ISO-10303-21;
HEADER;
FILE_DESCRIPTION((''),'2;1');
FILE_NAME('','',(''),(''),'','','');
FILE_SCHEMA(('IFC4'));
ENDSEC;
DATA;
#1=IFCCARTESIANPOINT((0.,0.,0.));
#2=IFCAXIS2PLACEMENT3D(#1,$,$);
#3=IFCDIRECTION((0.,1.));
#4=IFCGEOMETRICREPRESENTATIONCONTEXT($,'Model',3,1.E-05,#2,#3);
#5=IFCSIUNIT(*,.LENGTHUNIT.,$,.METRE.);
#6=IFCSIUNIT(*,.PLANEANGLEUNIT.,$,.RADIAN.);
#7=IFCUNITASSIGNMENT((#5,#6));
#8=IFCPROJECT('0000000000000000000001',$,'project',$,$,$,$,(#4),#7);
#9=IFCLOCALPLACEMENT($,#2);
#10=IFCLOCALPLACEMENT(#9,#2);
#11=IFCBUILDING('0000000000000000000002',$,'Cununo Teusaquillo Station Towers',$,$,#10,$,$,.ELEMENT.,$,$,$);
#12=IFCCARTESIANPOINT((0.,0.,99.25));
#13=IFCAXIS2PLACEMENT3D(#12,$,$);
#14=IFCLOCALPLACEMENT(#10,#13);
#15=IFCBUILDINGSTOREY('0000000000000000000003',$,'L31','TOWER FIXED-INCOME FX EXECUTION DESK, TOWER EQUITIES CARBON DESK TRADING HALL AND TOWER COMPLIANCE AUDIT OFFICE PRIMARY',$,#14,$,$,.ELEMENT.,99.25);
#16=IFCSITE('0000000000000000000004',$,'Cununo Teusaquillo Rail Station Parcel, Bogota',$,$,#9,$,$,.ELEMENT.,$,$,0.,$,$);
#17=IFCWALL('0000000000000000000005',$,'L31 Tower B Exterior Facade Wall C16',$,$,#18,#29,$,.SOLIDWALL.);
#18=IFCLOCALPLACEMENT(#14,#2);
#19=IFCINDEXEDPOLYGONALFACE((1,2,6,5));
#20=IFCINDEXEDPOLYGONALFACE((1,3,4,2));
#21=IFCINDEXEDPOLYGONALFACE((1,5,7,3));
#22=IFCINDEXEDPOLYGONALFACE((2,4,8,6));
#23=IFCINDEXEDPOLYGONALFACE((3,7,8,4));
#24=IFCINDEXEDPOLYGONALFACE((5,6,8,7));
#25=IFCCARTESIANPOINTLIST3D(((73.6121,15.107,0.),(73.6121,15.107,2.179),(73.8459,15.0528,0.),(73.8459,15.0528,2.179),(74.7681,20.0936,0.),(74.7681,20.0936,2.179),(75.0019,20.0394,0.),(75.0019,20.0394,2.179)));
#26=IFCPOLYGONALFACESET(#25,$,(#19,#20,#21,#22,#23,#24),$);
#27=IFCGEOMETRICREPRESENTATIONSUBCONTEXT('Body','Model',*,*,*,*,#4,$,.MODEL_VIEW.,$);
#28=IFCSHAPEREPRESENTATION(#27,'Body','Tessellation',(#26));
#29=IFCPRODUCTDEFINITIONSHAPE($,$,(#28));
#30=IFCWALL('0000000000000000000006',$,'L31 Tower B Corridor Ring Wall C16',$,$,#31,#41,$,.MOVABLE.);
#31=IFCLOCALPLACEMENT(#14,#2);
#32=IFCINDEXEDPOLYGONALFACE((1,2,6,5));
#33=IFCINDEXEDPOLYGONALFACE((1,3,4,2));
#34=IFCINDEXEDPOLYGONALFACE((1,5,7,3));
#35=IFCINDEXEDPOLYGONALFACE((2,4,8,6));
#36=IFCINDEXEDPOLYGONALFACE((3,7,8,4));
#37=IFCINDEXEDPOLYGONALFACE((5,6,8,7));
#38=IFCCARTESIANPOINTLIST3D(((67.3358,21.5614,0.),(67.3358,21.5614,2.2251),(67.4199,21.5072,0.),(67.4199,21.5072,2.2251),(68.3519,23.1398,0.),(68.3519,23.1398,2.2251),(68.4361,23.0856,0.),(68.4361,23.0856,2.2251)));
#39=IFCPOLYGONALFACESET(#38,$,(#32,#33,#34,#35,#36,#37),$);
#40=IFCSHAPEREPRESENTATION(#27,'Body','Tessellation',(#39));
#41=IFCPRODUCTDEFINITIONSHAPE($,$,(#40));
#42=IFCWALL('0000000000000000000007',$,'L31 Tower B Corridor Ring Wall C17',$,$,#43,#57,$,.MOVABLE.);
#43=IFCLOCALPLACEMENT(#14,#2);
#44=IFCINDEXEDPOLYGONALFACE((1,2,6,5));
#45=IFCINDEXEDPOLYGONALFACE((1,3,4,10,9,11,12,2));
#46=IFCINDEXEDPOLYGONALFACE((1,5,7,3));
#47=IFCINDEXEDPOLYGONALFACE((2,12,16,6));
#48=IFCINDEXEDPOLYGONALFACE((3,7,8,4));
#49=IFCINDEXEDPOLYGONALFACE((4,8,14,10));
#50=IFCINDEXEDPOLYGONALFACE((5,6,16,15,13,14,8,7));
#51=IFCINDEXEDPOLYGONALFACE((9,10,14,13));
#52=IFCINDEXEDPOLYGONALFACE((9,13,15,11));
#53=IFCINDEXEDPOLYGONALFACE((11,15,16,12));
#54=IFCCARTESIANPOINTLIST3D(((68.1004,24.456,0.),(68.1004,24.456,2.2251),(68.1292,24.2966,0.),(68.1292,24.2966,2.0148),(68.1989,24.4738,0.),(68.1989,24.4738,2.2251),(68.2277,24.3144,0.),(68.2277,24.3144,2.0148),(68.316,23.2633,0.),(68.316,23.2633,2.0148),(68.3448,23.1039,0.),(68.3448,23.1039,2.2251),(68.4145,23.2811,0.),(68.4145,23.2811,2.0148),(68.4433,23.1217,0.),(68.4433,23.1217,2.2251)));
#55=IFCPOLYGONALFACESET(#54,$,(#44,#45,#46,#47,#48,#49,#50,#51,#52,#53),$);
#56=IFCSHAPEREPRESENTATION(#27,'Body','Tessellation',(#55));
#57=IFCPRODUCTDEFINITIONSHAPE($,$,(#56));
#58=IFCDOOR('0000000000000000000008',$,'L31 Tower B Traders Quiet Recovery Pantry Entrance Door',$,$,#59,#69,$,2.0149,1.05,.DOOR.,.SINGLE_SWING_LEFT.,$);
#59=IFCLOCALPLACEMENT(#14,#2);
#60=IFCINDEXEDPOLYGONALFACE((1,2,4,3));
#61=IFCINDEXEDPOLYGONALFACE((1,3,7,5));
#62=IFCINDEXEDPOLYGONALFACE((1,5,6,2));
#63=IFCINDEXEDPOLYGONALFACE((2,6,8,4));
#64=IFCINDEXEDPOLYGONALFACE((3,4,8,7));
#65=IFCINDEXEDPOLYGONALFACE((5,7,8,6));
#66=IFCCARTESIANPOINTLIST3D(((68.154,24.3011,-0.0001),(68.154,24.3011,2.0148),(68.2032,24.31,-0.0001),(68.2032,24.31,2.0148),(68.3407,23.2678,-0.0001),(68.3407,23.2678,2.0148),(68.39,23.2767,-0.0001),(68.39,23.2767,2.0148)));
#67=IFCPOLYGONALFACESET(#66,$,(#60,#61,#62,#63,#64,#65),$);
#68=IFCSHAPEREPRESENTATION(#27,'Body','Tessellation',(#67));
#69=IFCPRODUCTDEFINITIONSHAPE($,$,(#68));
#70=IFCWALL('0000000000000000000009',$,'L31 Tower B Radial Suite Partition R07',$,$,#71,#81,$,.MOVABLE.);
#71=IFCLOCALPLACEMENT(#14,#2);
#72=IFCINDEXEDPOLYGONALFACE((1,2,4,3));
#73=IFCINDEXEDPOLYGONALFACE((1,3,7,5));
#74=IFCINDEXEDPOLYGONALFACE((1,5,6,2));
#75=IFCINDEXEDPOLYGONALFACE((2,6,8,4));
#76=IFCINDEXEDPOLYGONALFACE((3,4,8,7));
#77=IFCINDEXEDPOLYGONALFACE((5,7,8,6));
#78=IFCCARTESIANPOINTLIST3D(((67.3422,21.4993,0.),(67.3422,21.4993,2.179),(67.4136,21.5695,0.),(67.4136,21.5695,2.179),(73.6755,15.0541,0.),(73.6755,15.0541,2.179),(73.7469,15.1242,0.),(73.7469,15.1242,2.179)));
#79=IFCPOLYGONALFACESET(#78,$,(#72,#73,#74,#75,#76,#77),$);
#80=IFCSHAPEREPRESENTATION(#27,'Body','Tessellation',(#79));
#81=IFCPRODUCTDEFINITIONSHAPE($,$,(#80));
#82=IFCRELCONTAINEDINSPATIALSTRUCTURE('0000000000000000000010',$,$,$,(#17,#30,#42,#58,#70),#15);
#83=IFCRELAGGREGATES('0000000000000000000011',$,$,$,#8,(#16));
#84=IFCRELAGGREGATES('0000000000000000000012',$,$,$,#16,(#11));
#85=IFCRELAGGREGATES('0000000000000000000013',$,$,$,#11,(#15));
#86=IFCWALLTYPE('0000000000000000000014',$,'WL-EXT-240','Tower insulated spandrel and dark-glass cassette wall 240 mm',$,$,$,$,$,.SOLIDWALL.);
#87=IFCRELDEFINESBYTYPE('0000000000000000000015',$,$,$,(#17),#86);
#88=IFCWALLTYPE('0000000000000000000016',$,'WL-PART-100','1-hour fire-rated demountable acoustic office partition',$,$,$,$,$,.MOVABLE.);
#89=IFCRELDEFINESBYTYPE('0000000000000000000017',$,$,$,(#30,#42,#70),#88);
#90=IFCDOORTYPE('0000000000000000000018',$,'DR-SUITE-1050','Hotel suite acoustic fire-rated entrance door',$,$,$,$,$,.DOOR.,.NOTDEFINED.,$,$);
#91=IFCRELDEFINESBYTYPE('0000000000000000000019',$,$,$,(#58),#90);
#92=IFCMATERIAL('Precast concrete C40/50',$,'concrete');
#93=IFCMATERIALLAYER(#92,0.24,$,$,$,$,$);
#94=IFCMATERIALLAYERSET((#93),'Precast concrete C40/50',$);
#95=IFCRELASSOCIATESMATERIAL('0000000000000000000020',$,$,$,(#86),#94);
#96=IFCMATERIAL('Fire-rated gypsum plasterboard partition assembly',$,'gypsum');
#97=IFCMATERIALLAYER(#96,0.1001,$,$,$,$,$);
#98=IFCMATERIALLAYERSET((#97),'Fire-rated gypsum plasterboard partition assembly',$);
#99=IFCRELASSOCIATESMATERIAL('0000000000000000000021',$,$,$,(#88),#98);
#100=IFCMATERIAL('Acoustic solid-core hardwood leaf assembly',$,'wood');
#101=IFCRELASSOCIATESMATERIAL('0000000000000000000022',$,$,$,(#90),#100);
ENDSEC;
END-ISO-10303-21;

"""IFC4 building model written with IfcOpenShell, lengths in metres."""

from ifc_helpers import new_model, si_unit, direction, frame, frame_2d, origin, place, context, subcontext, project, spatial, rectangle, extrude, source, transform, mapped, material, layer, layer_set, type_object, element, fill, save


model = new_model("IFC4")

# Units and contexts
model_context = context("Model", 3, precision=1e-05, world=origin(), true_north=direction((0.0, 1.0)))
body_context = subcontext(model_context, "Body", "Model", "MODEL_VIEW")
ifc_project = project(units=[si_unit("LENGTHUNIT", "METRE"), si_unit("PLANEANGLEUNIT", "RADIAN")], contexts=[model_context])

# Site, building, storey
site_placement = place(None, origin())
site = spatial("IfcSite", under=ifc_project, at=site_placement, Name="Cununo Teusaquillo Rail Station Parcel, Bogota", CompositionType="ELEMENT", RefElevation=0.0)
building_placement = place(site_placement, origin())
building = spatial("IfcBuilding", under=site, at=building_placement, Name="Cununo Teusaquillo Station Towers", CompositionType="ELEMENT")
storey_placement = place(building_placement, frame((0.0, 0.0, 99.25)))
storey = spatial("IfcBuildingStorey", under=building, at=storey_placement, Name="L31", Description="TOWER FIXED-INCOME FX EXECUTION DESK, TOWER EQUITIES CARBON DESK TRADING HALL AND TOWER COMPLIANCE AUDIT OFFICE PRIMARY", CompositionType="ELEMENT", Elevation=99.25)

# Shared definitions
ifc_material_1 = material(Name="Precast concrete C40/50", Category="concrete")
ifc_layer_1 = layer(ifc_material_1, 0.24)
ifc_layer_set_1 = layer_set([ifc_layer_1], Name="Precast concrete C40/50")
wall_type_1 = type_object("IfcWallType", Name="WL-EXT-240", Description="Tower insulated spandrel and dark-glass cassette wall 240 mm", PredefinedType="SOLIDWALL", material=ifc_layer_set_1)

# Walls
wall_1_placement = place(storey_placement, frame((74.885, 20.0667, 0.0), z_axis=(0.0, 0.0, 1.0), x_axis=(-0.225835, -0.974166, 0.0)))
element("IfcWall", 1, at=wall_1_placement, inside=storey, type_object=wall_type_1, Name="L31 Tower B Exterior Facade Wall C16", PredefinedType="SOLIDWALL", context=body_context, shape_type="SweptSolid", body=[
    extrude(rectangle(XDim=5.1189, YDim=0.24, at=frame_2d((2.5596, 0.0))), origin(), (0.0, 0.0, 1.0), 2.179),
])
ifc_material_2 = material(Name="Fire-rated gypsum plasterboard partition assembly", Category="gypsum")
ifc_layer_2 = layer(ifc_material_2, 0.1001)
ifc_layer_set_2 = layer_set([ifc_layer_2], Name="Fire-rated gypsum plasterboard partition assembly")
wall_type_2 = type_object("IfcWallType", Name="WL-PART-100", Description="1-hour fire-rated demountable acoustic office partition", PredefinedType="MOVABLE", material=ifc_layer_set_2)
wall_2_placement = place(storey_placement, frame((67.3779, 21.5344, 0.0), z_axis=(0.0, 0.0, 1.0), x_axis=(0.541303, 0.840828, 0.0)))
element("IfcWall", 2, at=wall_2_placement, inside=storey, type_object=wall_type_2, Name="L31 Tower B Corridor Ring Wall C16", PredefinedType="MOVABLE", context=body_context, shape_type="SweptSolid", body=[
    extrude(rectangle(XDim=1.8772, YDim=0.1001, at=frame_2d((0.9385, 0.0))), origin(), (0.0, 0.0, 1.0), 2.2251),
])

# Wall, opening, door
wall_3_placement = place(storey_placement, frame((68.394, 23.1128, 0.0), z_axis=(0.0, 0.0, 1.0), x_axis=(-0.177869, 0.984054, 0.0)))
wall_3 = element("IfcWall", 3, at=wall_3_placement, inside=storey, type_object=wall_type_2, Name="L31 Tower B Corridor Ring Wall C17", PredefinedType="MOVABLE", context=body_context, shape_type="SweptSolid", body=[
    extrude(rectangle(XDim=1.374, YDim=0.1001, at=frame_2d((0.687, 0.0))), origin(), (0.0, 0.0, 1.0), 2.2251),
])
shared_shape_1 = source(origin(), body_context, "Body", "SweptSolid", [
    extrude(rectangle(XDim=1.05, YDim=2.0149, at=frame_2d((0.5249, 1.0073))), frame((0.0, 0.0601, 0.0), z_axis=(0.0, -1.0, 0.0), x_axis=(1.0, 0.0, 0.0)), (0.0, 0.0, 1.0), 0.1201),
])
opening_1_placement = place(wall_3_placement, frame((0.1621, 0.0, 0.0)))
opening_1 = element("IfcOpeningElement", 4, at=opening_1_placement, cuts=wall_3, PredefinedType="OPENING", context=body_context, shape_type="MappedRepresentation", body=[
    mapped(shared_shape_1, transform((0.0, 0.0, 0.0), x_axis=(1.0, 0.0, 0.0), y_axis=(0.0, 1.0, 0.0), z_axis=(0.0, 0.0, 1.0), scale=1.0)),
])
ifc_material_3 = material(Name="Acoustic solid-core hardwood leaf assembly", Category="wood")
door_type = type_object("IfcDoorType", Name="DR-SUITE-1050", Description="Hotel suite acoustic fire-rated entrance door", OperationType="NOTDEFINED", PredefinedType="DOOR", material=ifc_material_3)
shared_shape_2 = source(origin(), body_context, "Body", "SweptSolid", [
    extrude(rectangle(XDim=1.05, YDim=2.0149, at=frame_2d((0.5249, 1.0073))), frame((0.0, 0.0249, 0.0), z_axis=(0.0, -1.0, 0.0), x_axis=(1.0, 0.0, 0.0)), (0.0, 0.0, 1.0), 0.05),
])
door_placement = place(opening_1_placement, origin())
door = element("IfcDoor", 5, at=door_placement, inside=storey, type_object=door_type, Name="L31 Tower B Traders Quiet Recovery Pantry Entrance Door", OperationType="SINGLE_SWING_LEFT", OverallHeight=2.0149, OverallWidth=1.05, PredefinedType="DOOR", context=body_context, shape_type="MappedRepresentation", body=[
    mapped(shared_shape_2, transform((0.0, 0.0, 0.0), x_axis=(1.0, 0.0, 0.0), y_axis=(0.0, 1.0, 0.0), z_axis=(0.0, 0.0, 1.0), scale=1.0)),
])
fill(opening_1, door)

# Wall
wall_4_placement = place(storey_placement, frame((67.3779, 21.5344, 0.0), z_axis=(0.0, 0.0, 1.0), x_axis=(0.700879, -0.71328, 0.0)))
element("IfcWall", 6, at=wall_4_placement, inside=storey, type_object=wall_type_2, Name="L31 Tower B Radial Suite Partition R07", PredefinedType="MOVABLE", context=body_context, shape_type="SweptSolid", body=[
    extrude(rectangle(XDim=9.0361, YDim=0.1001, at=frame_2d((4.5181, 0.0))), origin(), (0.0, 0.0, 1.0), 2.179),
])

save(model, "model.ifc")
